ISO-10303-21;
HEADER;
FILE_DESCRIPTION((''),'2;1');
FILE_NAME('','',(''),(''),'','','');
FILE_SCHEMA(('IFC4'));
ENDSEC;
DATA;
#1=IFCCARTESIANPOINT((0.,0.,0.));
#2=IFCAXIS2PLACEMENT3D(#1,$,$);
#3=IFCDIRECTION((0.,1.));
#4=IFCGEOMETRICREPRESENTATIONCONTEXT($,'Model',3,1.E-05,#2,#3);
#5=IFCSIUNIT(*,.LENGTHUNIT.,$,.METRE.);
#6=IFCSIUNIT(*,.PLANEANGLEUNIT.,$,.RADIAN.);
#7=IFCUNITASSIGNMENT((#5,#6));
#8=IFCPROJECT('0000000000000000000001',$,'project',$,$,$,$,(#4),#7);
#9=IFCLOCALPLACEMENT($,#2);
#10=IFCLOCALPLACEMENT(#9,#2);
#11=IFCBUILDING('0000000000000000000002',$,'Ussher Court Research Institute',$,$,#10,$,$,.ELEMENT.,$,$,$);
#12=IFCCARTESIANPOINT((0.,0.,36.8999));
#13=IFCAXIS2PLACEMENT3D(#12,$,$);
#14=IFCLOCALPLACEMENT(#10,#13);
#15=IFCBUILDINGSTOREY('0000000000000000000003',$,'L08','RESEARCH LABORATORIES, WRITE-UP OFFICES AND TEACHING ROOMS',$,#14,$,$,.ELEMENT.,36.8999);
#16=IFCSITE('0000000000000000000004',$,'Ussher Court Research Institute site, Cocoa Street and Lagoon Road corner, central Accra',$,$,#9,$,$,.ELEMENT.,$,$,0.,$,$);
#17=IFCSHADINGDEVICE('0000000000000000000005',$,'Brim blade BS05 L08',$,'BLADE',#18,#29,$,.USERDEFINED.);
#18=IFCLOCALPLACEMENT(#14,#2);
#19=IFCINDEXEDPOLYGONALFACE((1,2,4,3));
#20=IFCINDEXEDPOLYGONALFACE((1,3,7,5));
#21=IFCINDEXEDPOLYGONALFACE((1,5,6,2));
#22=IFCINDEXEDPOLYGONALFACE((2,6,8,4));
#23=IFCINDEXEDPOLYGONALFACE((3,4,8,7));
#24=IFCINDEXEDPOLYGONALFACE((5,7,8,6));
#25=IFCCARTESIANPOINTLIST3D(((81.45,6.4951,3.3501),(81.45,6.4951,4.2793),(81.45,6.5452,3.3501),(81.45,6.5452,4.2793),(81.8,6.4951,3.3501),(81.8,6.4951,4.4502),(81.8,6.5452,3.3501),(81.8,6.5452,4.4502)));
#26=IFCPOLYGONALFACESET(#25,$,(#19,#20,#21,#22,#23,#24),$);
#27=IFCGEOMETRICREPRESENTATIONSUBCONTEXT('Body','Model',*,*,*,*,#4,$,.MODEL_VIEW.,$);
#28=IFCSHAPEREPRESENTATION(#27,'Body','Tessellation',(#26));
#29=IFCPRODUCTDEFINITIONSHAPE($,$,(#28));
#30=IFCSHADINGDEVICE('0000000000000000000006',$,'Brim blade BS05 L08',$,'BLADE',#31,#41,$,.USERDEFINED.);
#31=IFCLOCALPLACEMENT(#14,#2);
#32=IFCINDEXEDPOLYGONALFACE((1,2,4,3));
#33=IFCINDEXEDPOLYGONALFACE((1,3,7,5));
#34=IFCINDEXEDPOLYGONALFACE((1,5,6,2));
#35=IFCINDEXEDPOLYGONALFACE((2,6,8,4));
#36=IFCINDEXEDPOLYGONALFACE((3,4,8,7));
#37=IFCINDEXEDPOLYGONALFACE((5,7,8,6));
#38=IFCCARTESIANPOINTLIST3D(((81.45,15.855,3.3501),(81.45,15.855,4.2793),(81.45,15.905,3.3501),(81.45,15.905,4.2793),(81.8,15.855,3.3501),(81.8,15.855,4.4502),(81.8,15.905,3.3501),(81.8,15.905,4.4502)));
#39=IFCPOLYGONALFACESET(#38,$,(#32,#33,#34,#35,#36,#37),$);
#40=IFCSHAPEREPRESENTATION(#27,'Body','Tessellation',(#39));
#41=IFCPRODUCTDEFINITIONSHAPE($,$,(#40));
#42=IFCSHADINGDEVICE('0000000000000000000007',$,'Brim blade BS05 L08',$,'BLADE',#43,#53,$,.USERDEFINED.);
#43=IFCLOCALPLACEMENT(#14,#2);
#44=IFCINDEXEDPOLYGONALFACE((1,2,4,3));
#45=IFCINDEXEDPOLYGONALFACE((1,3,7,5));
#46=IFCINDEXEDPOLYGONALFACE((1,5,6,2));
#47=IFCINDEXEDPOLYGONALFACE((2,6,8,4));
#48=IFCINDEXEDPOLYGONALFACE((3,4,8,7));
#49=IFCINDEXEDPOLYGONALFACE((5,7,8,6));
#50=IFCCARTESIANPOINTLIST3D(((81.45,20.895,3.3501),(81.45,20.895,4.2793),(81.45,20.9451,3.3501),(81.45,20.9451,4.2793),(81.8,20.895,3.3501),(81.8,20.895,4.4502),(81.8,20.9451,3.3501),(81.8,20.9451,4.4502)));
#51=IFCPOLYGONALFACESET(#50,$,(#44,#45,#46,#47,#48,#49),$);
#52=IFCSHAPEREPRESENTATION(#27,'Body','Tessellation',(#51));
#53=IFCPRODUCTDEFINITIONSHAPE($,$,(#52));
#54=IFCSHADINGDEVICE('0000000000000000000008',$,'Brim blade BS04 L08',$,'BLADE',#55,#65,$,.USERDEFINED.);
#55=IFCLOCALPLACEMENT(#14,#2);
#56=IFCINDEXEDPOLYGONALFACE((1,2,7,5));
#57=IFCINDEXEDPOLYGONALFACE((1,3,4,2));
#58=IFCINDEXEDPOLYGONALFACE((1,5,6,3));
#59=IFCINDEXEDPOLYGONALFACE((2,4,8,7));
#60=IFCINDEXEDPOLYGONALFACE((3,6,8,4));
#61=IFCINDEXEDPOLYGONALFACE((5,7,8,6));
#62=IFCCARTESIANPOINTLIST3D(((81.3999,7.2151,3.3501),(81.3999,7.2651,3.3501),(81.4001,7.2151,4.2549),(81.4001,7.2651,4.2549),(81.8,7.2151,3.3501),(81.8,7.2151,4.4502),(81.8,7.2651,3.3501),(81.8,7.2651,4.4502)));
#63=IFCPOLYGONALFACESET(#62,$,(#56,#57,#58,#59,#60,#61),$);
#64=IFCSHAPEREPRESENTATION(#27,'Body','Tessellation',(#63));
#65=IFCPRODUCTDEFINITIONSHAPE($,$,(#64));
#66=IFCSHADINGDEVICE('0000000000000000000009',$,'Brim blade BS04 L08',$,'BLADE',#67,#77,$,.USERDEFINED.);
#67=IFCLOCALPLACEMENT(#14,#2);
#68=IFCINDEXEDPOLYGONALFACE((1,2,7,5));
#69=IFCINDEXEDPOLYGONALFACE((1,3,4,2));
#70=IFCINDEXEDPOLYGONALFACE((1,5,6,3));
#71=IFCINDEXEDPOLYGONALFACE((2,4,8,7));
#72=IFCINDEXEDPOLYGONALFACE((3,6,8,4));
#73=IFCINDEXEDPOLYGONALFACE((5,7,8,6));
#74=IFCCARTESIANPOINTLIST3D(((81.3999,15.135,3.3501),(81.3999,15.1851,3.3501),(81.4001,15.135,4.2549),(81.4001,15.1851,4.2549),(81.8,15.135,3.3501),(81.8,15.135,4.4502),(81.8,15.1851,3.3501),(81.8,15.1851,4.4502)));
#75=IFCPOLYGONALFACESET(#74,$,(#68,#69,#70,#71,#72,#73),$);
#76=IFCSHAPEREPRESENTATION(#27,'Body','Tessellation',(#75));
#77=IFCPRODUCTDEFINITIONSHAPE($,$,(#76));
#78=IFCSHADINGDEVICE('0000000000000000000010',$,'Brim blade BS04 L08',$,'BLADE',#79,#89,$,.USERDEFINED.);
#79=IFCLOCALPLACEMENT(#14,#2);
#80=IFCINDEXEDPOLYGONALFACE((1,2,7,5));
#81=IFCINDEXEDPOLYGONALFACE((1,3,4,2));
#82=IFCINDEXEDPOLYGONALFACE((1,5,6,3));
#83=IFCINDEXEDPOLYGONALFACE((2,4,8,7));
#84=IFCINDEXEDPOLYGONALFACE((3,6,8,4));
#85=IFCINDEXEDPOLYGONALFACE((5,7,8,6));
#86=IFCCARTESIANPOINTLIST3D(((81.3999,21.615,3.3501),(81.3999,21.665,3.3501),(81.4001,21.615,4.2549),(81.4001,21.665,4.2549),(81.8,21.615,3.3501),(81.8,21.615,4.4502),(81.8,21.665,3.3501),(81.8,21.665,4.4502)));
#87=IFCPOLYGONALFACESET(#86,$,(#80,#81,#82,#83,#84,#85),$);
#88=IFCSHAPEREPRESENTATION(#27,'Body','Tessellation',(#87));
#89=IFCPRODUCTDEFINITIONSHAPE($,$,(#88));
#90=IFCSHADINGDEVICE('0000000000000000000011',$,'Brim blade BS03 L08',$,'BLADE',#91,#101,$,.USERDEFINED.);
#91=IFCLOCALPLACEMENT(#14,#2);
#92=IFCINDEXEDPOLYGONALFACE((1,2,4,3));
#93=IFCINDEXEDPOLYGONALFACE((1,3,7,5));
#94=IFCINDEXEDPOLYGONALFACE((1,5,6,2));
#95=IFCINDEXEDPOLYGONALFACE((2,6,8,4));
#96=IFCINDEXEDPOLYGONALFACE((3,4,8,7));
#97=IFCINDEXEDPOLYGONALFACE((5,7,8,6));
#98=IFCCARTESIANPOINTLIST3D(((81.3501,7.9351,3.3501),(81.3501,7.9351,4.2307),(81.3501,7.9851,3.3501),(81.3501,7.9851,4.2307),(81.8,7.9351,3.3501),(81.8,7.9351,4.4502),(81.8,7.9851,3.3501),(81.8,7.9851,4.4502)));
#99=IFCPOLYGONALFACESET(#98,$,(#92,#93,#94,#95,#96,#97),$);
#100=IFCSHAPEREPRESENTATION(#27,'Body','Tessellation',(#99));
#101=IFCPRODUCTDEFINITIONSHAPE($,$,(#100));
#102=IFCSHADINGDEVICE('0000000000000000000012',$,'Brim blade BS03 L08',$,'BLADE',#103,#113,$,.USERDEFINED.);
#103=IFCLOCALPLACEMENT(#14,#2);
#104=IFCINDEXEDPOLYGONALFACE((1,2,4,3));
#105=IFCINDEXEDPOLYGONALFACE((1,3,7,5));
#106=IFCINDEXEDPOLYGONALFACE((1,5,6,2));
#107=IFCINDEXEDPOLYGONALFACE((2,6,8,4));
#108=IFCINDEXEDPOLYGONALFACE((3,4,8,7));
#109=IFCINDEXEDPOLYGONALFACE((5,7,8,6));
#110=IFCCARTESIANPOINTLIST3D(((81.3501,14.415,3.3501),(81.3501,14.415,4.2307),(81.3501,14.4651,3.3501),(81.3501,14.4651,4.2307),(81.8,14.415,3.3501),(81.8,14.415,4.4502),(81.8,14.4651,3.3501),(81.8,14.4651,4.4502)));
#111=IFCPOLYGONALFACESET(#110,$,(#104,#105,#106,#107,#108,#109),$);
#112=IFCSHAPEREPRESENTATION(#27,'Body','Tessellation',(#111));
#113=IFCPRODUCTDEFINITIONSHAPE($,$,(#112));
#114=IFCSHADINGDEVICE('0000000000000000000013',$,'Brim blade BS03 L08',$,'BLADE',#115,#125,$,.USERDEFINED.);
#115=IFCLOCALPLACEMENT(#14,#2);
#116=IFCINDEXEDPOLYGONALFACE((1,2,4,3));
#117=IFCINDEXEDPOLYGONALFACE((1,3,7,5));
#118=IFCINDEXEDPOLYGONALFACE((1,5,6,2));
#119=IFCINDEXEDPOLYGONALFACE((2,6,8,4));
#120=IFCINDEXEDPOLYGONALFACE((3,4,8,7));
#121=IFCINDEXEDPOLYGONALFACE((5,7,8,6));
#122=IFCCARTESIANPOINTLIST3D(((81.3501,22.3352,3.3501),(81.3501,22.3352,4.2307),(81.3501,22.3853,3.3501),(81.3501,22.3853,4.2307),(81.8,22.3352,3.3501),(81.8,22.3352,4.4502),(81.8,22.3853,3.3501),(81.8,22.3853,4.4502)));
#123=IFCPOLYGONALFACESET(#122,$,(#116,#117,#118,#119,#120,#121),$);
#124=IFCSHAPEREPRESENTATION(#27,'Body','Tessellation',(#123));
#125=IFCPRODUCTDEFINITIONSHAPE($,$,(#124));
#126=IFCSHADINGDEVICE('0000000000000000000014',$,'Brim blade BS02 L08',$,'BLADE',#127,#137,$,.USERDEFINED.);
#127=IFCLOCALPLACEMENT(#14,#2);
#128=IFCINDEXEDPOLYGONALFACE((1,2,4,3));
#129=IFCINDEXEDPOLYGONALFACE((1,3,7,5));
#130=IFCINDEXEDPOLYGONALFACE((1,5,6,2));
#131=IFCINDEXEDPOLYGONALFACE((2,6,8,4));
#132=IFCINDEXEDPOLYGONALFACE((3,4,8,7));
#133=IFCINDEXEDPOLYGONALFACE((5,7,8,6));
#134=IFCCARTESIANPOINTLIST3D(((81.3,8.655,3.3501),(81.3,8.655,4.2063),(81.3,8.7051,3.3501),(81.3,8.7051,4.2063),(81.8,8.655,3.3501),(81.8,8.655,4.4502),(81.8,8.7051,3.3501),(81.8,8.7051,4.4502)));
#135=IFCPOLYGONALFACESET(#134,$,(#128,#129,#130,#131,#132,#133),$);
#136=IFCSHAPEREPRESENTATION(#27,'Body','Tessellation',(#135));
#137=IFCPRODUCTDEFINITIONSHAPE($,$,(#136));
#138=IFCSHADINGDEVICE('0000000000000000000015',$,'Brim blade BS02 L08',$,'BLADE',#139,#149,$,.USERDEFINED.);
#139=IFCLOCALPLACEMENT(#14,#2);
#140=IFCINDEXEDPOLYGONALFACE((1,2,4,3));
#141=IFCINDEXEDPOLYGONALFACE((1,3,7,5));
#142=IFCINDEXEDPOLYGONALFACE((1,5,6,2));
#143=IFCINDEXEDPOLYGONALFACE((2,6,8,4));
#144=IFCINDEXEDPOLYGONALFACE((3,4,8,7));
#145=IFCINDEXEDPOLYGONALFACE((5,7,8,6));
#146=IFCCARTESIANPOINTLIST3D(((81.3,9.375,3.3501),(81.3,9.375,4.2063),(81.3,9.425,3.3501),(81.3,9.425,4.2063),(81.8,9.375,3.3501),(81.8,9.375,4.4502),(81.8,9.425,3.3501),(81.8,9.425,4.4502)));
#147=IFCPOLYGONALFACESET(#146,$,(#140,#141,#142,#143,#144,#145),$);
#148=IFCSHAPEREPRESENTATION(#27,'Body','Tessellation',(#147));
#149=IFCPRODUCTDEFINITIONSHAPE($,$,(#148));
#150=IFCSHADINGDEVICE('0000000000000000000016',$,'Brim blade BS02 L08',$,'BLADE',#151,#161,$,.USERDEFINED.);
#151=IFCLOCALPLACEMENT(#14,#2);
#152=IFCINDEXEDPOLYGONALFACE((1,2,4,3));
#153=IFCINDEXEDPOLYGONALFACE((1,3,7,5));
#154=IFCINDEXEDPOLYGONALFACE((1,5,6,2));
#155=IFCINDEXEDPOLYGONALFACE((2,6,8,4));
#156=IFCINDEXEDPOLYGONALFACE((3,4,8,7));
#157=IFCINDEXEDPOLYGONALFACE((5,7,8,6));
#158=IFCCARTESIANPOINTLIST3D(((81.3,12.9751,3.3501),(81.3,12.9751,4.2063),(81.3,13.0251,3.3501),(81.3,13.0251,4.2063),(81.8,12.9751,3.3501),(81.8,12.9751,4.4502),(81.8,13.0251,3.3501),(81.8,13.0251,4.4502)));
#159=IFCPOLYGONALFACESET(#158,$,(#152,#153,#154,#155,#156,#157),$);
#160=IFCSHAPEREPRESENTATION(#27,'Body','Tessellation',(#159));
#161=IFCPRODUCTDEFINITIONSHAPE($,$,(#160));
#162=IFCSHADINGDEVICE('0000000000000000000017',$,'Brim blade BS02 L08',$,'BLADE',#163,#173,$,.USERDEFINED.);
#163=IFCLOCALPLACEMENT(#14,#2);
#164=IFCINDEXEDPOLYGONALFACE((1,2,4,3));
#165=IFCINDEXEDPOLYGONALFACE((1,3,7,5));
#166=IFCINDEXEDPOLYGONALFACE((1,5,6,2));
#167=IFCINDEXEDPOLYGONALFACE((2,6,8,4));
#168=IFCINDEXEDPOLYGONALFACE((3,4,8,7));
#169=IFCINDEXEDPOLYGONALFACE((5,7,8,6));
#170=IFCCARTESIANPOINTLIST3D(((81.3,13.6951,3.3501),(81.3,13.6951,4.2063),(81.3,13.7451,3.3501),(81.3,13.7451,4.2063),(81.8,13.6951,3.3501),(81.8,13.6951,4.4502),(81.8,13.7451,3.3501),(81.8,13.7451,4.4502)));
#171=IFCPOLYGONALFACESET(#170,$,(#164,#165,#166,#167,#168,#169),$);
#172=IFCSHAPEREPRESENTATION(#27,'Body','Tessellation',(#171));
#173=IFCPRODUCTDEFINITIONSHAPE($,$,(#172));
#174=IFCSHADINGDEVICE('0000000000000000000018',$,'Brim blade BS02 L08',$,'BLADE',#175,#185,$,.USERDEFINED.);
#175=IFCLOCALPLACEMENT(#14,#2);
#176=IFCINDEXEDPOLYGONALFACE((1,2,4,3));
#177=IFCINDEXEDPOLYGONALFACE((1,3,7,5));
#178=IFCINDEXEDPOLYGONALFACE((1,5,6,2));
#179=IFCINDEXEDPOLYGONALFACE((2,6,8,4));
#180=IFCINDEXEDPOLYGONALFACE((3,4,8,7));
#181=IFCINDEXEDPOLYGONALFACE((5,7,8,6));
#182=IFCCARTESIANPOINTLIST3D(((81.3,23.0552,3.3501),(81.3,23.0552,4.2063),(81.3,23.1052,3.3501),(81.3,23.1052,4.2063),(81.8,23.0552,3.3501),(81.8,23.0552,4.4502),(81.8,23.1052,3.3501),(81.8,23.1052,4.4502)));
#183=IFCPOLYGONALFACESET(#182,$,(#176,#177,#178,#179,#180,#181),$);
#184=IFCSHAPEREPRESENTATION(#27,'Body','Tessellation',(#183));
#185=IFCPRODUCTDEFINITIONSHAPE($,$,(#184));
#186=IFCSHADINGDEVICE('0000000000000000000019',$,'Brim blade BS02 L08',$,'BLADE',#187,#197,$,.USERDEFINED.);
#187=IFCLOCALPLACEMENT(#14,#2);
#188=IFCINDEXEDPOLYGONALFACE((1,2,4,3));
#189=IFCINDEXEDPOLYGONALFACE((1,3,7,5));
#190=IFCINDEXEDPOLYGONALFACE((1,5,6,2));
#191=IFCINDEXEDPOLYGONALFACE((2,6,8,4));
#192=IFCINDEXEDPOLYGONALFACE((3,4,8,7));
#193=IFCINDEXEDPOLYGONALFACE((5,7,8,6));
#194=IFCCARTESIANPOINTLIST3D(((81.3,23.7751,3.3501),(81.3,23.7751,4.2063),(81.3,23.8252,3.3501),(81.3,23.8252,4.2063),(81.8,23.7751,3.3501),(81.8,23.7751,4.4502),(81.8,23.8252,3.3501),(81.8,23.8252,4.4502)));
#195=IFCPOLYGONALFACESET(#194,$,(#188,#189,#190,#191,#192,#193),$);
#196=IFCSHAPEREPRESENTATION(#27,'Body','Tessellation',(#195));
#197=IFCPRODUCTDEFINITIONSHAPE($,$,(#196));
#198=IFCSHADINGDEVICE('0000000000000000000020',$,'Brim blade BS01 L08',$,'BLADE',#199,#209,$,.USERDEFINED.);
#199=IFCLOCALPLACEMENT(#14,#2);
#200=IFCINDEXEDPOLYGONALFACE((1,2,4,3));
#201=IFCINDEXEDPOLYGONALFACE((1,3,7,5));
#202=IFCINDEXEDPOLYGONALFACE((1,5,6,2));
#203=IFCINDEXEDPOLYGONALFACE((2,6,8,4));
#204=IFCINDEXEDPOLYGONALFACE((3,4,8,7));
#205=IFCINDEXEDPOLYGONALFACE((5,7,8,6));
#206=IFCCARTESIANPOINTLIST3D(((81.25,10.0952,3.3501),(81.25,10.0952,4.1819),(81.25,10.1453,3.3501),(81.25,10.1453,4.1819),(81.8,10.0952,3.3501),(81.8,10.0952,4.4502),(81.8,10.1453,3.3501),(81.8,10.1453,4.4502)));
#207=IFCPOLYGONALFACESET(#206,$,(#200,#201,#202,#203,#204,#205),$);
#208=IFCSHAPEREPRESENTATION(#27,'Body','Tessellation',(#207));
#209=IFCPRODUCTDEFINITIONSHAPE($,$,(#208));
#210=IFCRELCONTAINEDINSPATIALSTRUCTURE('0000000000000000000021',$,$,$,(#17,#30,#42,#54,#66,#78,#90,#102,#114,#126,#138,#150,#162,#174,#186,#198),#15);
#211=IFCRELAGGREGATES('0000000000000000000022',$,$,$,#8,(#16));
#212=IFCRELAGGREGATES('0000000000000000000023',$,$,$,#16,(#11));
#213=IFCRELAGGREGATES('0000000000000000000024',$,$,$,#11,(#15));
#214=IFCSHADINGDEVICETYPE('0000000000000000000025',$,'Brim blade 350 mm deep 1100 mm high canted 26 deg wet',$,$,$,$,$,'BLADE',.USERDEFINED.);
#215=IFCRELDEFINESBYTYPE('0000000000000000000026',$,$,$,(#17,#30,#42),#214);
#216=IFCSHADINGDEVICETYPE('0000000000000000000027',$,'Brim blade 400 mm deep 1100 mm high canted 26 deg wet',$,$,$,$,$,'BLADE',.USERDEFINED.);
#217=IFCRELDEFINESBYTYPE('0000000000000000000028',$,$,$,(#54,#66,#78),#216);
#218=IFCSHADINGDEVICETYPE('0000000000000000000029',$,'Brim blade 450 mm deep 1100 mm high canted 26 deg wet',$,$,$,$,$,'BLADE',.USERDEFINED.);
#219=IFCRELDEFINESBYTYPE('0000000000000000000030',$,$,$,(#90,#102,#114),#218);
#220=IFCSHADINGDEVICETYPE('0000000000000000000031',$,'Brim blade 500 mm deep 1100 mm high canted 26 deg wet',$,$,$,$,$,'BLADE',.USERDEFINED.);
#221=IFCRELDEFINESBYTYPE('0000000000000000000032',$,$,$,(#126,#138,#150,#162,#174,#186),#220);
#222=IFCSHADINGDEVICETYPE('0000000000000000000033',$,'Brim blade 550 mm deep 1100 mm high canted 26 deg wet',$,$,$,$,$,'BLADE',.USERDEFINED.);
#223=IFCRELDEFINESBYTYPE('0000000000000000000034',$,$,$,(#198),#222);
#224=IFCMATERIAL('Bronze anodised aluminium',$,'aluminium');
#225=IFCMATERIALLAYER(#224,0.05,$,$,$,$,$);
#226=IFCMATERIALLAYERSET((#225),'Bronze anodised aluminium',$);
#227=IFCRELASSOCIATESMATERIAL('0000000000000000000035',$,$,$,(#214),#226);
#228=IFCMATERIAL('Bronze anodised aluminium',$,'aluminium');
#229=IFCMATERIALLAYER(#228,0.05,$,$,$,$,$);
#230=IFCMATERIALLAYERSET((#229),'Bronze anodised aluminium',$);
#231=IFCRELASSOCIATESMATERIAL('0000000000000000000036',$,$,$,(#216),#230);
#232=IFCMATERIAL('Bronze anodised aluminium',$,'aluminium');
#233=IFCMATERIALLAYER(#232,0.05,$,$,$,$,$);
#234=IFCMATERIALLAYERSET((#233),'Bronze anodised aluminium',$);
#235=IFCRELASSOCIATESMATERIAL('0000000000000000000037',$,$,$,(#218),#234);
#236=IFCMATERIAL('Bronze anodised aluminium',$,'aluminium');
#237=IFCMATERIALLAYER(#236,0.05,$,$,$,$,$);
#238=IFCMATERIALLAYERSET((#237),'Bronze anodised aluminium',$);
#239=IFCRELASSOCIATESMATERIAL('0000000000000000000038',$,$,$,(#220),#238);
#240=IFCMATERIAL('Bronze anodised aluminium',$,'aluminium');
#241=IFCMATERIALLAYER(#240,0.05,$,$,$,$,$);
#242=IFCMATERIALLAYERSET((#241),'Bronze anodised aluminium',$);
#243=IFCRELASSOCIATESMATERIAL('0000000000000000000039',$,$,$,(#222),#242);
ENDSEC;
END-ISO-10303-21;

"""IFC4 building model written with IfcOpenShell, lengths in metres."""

from ifc_helpers import new_model, si_unit, direction, frame, origin, place, context, subcontext, project, spatial, polyline, outline, extrude, material, layer, layer_set, type_object, element, save


model = new_model("IFC4")

# Units and contexts
model_context = context("Model", 3, precision=1e-05, world=origin(), true_north=direction((0.0, 1.0)))
body_context = subcontext(model_context, "Body", "Model", "MODEL_VIEW")
ifc_project = project(units=[si_unit("LENGTHUNIT", "METRE"), si_unit("PLANEANGLEUNIT", "RADIAN")], contexts=[model_context])

# Site, building, storey
site_placement = place(None, origin())
site = spatial("IfcSite", under=ifc_project, at=site_placement, Name="Ussher Court Research Institute site, Cocoa Street and Lagoon Road corner, central Accra", CompositionType="ELEMENT", RefElevation=0.0)
building_placement = place(site_placement, origin())
building = spatial("IfcBuilding", under=site, at=building_placement, Name="Ussher Court Research Institute", CompositionType="ELEMENT")
storey_placement = place(building_placement, frame((0.0, 0.0, 36.8999)))
storey = spatial("IfcBuildingStorey", under=building, at=storey_placement, Name="L08", Description="RESEARCH LABORATORIES, WRITE-UP OFFICES AND TEACHING ROOMS", CompositionType="ELEMENT", Elevation=36.8999)

# Shading devices
ifc_material_1 = material(Name="Bronze anodised aluminium", Category="aluminium")
ifc_layer_1 = layer(ifc_material_1, 0.05)
ifc_layer_set_1 = layer_set([ifc_layer_1], Name="Bronze anodised aluminium")
shading_device_type_1 = type_object("IfcShadingDeviceType", Name="Brim blade 350 mm deep 1100 mm high canted 26 deg wet", ElementType="BLADE", PredefinedType="USERDEFINED", material=ifc_layer_set_1)
for number, where, z_axis, x_axis, name in (
    (1, (81.8, 6.52, 3.3501), (0.0, 0.0, 1.0), (-1.0, 0.0, 0.0), "Brim blade BS05 L08"),
    (2, (81.8, 15.8799, 3.3501), (0.0, 0.0, 1.0), (-1.0, 0.0, 0.0), "Brim blade BS05 L08"),
    (3, (81.8, 20.9199, 3.3501), (0.0, 0.0, 1.0), (-1.0, 0.0, 0.0), "Brim blade BS05 L08"),
):
    element("IfcShadingDevice", number, at=place(storey_placement, frame(where, z_axis=z_axis, x_axis=x_axis)), inside=storey, type_object=shading_device_type_1, Name=name, ObjectType="BLADE", PredefinedType="USERDEFINED", context=body_context, shape_type="SweptSolid", body=[
        extrude(outline(polyline([(0.0, 0.0), (0.3501, 0.0), (0.3501, 0.9292), (0.0, 1.1001), (0.0, 0.0)])), frame((0.0, 0.0249, 0.0), z_axis=(0.0, -1.0, 0.0), x_axis=(1.0, 0.0, 0.0)), (0.0, 0.0, 1.0), 0.05),
    ])
ifc_material_2 = material(Name="Bronze anodised aluminium", Category="aluminium")
ifc_layer_2 = layer(ifc_material_2, 0.05)
ifc_layer_set_2 = layer_set([ifc_layer_2], Name="Bronze anodised aluminium")
shading_device_type_2 = type_object("IfcShadingDeviceType", Name="Brim blade 400 mm deep 1100 mm high canted 26 deg wet", ElementType="BLADE", PredefinedType="USERDEFINED", material=ifc_layer_set_2)
for number, where, z_axis, x_axis, name in (
    (4, (81.8, 7.24, 3.3501), (0.0, 0.0, 1.0), (-1.0, 0.0, 0.0), "Brim blade BS04 L08"),
    (5, (81.8, 15.1599, 3.3501), (0.0, 0.0, 1.0), (-1.0, 0.0, 0.0), "Brim blade BS04 L08"),
    (6, (81.8, 21.6399, 3.3501), (0.0, 0.0, 1.0), (-1.0, 0.0, 0.0), "Brim blade BS04 L08"),
):
    element("IfcShadingDevice", number, at=place(storey_placement, frame(where, z_axis=z_axis, x_axis=x_axis)), inside=storey, type_object=shading_device_type_2, Name=name, ObjectType="BLADE", PredefinedType="USERDEFINED", context=body_context, shape_type="SweptSolid", body=[
        extrude(outline(polyline([(0.0, 0.0), (0.4001, 0.0), (0.3999, 0.9048), (0.0, 1.1001), (0.0, 0.0)])), frame((0.0, 0.0249, 0.0), z_axis=(0.0, -1.0, 0.0), x_axis=(1.0, 0.0, 0.0)), (0.0, 0.0, 1.0), 0.05),
    ])
ifc_material_3 = material(Name="Bronze anodised aluminium", Category="aluminium")
ifc_layer_3 = layer(ifc_material_3, 0.05)
ifc_layer_set_3 = layer_set([ifc_layer_3], Name="Bronze anodised aluminium")
shading_device_type_3 = type_object("IfcShadingDeviceType", Name="Brim blade 450 mm deep 1100 mm high canted 26 deg wet", ElementType="BLADE", PredefinedType="USERDEFINED", material=ifc_layer_set_3)
for number, where, z_axis, x_axis, name in (
    (7, (81.8, 7.96, 3.3501), (0.0, 0.0, 1.0), (-1.0, 0.0, 0.0), "Brim blade BS03 L08"),
    (8, (81.8, 14.4399, 3.3501), (0.0, 0.0, 1.0), (-1.0, 0.0, 0.0), "Brim blade BS03 L08"),
    (9, (81.8, 22.3601, 3.3501), (0.0, 0.0, 1.0), (-1.0, 0.0, 0.0), "Brim blade BS03 L08"),
):
    element("IfcShadingDevice", number, at=place(storey_placement, frame(where, z_axis=z_axis, x_axis=x_axis)), inside=storey, type_object=shading_device_type_3, Name=name, ObjectType="BLADE", PredefinedType="USERDEFINED", context=body_context, shape_type="SweptSolid", body=[
        extrude(outline(polyline([(0.0, 0.0), (0.45, 0.0), (0.45, 0.8806), (0.0, 1.1001), (0.0, 0.0)])), frame((0.0, 0.0249, 0.0), z_axis=(0.0, -1.0, 0.0), x_axis=(1.0, 0.0, 0.0)), (0.0, 0.0, 1.0), 0.05),
    ])
ifc_material_4 = material(Name="Bronze anodised aluminium", Category="aluminium")
ifc_layer_4 = layer(ifc_material_4, 0.05)
ifc_layer_set_4 = layer_set([ifc_layer_4], Name="Bronze anodised aluminium")
shading_device_type_4 = type_object("IfcShadingDeviceType", Name="Brim blade 500 mm deep 1100 mm high canted 26 deg wet", ElementType="BLADE", PredefinedType="USERDEFINED", material=ifc_layer_set_4)
for number, where, z_axis, x_axis, name in (
    (10, (81.8, 8.6799, 3.3501), (0.0, 0.0, 1.0), (-1.0, 0.0, 0.0), "Brim blade BS02 L08"),
    (11, (81.8, 9.3999, 3.3501), (0.0, 0.0, 1.0), (-1.0, 0.0, 0.0), "Brim blade BS02 L08"),
    (12, (81.8, 13.0, 3.3501), (0.0, 0.0, 1.0), (-1.0, 0.0, 0.0), "Brim blade BS02 L08"),
    (13, (81.8, 13.72, 3.3501), (0.0, 0.0, 1.0), (-1.0, 0.0, 0.0), "Brim blade BS02 L08"),
    (14, (81.8, 23.0801, 3.3501), (0.0, 0.0, 1.0), (-1.0, 0.0, 0.0), "Brim blade BS02 L08"),
    (15, (81.8, 23.8, 3.3501), (0.0, 0.0, 1.0), (-1.0, 0.0, 0.0), "Brim blade BS02 L08"),
):
    element("IfcShadingDevice", number, at=place(storey_placement, frame(where, z_axis=z_axis, x_axis=x_axis)), inside=storey, type_object=shading_device_type_4, Name=name, ObjectType="BLADE", PredefinedType="USERDEFINED", context=body_context, shape_type="SweptSolid", body=[
        extrude(outline(polyline([(0.0, 0.0), (0.5, 0.0), (0.5, 0.8562), (0.0, 1.1001), (0.0, 0.0)])), frame((0.0, 0.0249, 0.0), z_axis=(0.0, -1.0, 0.0), x_axis=(1.0, 0.0, 0.0)), (0.0, 0.0, 1.0), 0.05),
    ])
ifc_material_5 = material(Name="Bronze anodised aluminium", Category="aluminium")
ifc_layer_5 = layer(ifc_material_5, 0.05)
ifc_layer_set_5 = layer_set([ifc_layer_5], Name="Bronze anodised aluminium")
shading_device_type_5 = type_object("IfcShadingDeviceType", Name="Brim blade 550 mm deep 1100 mm high canted 26 deg wet", ElementType="BLADE", PredefinedType="USERDEFINED", material=ifc_layer_set_5)
for number, where, z_axis, x_axis, name in (
    (16, (81.8, 10.1201, 3.3501), (0.0, 0.0, 1.0), (-1.0, 0.0, 0.0), "Brim blade BS01 L08"),
):
    element("IfcShadingDevice", number, at=place(storey_placement, frame(where, z_axis=z_axis, x_axis=x_axis)), inside=storey, type_object=shading_device_type_5, Name=name, ObjectType="BLADE", PredefinedType="USERDEFINED", context=body_context, shape_type="SweptSolid", body=[
        extrude(outline(polyline([(0.0, 0.0), (0.55, 0.0), (0.55, 0.8318), (0.0, 1.1001), (0.0, 0.0)])), frame((0.0, 0.0249, 0.0), z_axis=(0.0, -1.0, 0.0), x_axis=(1.0, 0.0, 0.0)), (0.0, 0.0, 1.0), 0.05),
    ])

save(model, "model.ifc")
